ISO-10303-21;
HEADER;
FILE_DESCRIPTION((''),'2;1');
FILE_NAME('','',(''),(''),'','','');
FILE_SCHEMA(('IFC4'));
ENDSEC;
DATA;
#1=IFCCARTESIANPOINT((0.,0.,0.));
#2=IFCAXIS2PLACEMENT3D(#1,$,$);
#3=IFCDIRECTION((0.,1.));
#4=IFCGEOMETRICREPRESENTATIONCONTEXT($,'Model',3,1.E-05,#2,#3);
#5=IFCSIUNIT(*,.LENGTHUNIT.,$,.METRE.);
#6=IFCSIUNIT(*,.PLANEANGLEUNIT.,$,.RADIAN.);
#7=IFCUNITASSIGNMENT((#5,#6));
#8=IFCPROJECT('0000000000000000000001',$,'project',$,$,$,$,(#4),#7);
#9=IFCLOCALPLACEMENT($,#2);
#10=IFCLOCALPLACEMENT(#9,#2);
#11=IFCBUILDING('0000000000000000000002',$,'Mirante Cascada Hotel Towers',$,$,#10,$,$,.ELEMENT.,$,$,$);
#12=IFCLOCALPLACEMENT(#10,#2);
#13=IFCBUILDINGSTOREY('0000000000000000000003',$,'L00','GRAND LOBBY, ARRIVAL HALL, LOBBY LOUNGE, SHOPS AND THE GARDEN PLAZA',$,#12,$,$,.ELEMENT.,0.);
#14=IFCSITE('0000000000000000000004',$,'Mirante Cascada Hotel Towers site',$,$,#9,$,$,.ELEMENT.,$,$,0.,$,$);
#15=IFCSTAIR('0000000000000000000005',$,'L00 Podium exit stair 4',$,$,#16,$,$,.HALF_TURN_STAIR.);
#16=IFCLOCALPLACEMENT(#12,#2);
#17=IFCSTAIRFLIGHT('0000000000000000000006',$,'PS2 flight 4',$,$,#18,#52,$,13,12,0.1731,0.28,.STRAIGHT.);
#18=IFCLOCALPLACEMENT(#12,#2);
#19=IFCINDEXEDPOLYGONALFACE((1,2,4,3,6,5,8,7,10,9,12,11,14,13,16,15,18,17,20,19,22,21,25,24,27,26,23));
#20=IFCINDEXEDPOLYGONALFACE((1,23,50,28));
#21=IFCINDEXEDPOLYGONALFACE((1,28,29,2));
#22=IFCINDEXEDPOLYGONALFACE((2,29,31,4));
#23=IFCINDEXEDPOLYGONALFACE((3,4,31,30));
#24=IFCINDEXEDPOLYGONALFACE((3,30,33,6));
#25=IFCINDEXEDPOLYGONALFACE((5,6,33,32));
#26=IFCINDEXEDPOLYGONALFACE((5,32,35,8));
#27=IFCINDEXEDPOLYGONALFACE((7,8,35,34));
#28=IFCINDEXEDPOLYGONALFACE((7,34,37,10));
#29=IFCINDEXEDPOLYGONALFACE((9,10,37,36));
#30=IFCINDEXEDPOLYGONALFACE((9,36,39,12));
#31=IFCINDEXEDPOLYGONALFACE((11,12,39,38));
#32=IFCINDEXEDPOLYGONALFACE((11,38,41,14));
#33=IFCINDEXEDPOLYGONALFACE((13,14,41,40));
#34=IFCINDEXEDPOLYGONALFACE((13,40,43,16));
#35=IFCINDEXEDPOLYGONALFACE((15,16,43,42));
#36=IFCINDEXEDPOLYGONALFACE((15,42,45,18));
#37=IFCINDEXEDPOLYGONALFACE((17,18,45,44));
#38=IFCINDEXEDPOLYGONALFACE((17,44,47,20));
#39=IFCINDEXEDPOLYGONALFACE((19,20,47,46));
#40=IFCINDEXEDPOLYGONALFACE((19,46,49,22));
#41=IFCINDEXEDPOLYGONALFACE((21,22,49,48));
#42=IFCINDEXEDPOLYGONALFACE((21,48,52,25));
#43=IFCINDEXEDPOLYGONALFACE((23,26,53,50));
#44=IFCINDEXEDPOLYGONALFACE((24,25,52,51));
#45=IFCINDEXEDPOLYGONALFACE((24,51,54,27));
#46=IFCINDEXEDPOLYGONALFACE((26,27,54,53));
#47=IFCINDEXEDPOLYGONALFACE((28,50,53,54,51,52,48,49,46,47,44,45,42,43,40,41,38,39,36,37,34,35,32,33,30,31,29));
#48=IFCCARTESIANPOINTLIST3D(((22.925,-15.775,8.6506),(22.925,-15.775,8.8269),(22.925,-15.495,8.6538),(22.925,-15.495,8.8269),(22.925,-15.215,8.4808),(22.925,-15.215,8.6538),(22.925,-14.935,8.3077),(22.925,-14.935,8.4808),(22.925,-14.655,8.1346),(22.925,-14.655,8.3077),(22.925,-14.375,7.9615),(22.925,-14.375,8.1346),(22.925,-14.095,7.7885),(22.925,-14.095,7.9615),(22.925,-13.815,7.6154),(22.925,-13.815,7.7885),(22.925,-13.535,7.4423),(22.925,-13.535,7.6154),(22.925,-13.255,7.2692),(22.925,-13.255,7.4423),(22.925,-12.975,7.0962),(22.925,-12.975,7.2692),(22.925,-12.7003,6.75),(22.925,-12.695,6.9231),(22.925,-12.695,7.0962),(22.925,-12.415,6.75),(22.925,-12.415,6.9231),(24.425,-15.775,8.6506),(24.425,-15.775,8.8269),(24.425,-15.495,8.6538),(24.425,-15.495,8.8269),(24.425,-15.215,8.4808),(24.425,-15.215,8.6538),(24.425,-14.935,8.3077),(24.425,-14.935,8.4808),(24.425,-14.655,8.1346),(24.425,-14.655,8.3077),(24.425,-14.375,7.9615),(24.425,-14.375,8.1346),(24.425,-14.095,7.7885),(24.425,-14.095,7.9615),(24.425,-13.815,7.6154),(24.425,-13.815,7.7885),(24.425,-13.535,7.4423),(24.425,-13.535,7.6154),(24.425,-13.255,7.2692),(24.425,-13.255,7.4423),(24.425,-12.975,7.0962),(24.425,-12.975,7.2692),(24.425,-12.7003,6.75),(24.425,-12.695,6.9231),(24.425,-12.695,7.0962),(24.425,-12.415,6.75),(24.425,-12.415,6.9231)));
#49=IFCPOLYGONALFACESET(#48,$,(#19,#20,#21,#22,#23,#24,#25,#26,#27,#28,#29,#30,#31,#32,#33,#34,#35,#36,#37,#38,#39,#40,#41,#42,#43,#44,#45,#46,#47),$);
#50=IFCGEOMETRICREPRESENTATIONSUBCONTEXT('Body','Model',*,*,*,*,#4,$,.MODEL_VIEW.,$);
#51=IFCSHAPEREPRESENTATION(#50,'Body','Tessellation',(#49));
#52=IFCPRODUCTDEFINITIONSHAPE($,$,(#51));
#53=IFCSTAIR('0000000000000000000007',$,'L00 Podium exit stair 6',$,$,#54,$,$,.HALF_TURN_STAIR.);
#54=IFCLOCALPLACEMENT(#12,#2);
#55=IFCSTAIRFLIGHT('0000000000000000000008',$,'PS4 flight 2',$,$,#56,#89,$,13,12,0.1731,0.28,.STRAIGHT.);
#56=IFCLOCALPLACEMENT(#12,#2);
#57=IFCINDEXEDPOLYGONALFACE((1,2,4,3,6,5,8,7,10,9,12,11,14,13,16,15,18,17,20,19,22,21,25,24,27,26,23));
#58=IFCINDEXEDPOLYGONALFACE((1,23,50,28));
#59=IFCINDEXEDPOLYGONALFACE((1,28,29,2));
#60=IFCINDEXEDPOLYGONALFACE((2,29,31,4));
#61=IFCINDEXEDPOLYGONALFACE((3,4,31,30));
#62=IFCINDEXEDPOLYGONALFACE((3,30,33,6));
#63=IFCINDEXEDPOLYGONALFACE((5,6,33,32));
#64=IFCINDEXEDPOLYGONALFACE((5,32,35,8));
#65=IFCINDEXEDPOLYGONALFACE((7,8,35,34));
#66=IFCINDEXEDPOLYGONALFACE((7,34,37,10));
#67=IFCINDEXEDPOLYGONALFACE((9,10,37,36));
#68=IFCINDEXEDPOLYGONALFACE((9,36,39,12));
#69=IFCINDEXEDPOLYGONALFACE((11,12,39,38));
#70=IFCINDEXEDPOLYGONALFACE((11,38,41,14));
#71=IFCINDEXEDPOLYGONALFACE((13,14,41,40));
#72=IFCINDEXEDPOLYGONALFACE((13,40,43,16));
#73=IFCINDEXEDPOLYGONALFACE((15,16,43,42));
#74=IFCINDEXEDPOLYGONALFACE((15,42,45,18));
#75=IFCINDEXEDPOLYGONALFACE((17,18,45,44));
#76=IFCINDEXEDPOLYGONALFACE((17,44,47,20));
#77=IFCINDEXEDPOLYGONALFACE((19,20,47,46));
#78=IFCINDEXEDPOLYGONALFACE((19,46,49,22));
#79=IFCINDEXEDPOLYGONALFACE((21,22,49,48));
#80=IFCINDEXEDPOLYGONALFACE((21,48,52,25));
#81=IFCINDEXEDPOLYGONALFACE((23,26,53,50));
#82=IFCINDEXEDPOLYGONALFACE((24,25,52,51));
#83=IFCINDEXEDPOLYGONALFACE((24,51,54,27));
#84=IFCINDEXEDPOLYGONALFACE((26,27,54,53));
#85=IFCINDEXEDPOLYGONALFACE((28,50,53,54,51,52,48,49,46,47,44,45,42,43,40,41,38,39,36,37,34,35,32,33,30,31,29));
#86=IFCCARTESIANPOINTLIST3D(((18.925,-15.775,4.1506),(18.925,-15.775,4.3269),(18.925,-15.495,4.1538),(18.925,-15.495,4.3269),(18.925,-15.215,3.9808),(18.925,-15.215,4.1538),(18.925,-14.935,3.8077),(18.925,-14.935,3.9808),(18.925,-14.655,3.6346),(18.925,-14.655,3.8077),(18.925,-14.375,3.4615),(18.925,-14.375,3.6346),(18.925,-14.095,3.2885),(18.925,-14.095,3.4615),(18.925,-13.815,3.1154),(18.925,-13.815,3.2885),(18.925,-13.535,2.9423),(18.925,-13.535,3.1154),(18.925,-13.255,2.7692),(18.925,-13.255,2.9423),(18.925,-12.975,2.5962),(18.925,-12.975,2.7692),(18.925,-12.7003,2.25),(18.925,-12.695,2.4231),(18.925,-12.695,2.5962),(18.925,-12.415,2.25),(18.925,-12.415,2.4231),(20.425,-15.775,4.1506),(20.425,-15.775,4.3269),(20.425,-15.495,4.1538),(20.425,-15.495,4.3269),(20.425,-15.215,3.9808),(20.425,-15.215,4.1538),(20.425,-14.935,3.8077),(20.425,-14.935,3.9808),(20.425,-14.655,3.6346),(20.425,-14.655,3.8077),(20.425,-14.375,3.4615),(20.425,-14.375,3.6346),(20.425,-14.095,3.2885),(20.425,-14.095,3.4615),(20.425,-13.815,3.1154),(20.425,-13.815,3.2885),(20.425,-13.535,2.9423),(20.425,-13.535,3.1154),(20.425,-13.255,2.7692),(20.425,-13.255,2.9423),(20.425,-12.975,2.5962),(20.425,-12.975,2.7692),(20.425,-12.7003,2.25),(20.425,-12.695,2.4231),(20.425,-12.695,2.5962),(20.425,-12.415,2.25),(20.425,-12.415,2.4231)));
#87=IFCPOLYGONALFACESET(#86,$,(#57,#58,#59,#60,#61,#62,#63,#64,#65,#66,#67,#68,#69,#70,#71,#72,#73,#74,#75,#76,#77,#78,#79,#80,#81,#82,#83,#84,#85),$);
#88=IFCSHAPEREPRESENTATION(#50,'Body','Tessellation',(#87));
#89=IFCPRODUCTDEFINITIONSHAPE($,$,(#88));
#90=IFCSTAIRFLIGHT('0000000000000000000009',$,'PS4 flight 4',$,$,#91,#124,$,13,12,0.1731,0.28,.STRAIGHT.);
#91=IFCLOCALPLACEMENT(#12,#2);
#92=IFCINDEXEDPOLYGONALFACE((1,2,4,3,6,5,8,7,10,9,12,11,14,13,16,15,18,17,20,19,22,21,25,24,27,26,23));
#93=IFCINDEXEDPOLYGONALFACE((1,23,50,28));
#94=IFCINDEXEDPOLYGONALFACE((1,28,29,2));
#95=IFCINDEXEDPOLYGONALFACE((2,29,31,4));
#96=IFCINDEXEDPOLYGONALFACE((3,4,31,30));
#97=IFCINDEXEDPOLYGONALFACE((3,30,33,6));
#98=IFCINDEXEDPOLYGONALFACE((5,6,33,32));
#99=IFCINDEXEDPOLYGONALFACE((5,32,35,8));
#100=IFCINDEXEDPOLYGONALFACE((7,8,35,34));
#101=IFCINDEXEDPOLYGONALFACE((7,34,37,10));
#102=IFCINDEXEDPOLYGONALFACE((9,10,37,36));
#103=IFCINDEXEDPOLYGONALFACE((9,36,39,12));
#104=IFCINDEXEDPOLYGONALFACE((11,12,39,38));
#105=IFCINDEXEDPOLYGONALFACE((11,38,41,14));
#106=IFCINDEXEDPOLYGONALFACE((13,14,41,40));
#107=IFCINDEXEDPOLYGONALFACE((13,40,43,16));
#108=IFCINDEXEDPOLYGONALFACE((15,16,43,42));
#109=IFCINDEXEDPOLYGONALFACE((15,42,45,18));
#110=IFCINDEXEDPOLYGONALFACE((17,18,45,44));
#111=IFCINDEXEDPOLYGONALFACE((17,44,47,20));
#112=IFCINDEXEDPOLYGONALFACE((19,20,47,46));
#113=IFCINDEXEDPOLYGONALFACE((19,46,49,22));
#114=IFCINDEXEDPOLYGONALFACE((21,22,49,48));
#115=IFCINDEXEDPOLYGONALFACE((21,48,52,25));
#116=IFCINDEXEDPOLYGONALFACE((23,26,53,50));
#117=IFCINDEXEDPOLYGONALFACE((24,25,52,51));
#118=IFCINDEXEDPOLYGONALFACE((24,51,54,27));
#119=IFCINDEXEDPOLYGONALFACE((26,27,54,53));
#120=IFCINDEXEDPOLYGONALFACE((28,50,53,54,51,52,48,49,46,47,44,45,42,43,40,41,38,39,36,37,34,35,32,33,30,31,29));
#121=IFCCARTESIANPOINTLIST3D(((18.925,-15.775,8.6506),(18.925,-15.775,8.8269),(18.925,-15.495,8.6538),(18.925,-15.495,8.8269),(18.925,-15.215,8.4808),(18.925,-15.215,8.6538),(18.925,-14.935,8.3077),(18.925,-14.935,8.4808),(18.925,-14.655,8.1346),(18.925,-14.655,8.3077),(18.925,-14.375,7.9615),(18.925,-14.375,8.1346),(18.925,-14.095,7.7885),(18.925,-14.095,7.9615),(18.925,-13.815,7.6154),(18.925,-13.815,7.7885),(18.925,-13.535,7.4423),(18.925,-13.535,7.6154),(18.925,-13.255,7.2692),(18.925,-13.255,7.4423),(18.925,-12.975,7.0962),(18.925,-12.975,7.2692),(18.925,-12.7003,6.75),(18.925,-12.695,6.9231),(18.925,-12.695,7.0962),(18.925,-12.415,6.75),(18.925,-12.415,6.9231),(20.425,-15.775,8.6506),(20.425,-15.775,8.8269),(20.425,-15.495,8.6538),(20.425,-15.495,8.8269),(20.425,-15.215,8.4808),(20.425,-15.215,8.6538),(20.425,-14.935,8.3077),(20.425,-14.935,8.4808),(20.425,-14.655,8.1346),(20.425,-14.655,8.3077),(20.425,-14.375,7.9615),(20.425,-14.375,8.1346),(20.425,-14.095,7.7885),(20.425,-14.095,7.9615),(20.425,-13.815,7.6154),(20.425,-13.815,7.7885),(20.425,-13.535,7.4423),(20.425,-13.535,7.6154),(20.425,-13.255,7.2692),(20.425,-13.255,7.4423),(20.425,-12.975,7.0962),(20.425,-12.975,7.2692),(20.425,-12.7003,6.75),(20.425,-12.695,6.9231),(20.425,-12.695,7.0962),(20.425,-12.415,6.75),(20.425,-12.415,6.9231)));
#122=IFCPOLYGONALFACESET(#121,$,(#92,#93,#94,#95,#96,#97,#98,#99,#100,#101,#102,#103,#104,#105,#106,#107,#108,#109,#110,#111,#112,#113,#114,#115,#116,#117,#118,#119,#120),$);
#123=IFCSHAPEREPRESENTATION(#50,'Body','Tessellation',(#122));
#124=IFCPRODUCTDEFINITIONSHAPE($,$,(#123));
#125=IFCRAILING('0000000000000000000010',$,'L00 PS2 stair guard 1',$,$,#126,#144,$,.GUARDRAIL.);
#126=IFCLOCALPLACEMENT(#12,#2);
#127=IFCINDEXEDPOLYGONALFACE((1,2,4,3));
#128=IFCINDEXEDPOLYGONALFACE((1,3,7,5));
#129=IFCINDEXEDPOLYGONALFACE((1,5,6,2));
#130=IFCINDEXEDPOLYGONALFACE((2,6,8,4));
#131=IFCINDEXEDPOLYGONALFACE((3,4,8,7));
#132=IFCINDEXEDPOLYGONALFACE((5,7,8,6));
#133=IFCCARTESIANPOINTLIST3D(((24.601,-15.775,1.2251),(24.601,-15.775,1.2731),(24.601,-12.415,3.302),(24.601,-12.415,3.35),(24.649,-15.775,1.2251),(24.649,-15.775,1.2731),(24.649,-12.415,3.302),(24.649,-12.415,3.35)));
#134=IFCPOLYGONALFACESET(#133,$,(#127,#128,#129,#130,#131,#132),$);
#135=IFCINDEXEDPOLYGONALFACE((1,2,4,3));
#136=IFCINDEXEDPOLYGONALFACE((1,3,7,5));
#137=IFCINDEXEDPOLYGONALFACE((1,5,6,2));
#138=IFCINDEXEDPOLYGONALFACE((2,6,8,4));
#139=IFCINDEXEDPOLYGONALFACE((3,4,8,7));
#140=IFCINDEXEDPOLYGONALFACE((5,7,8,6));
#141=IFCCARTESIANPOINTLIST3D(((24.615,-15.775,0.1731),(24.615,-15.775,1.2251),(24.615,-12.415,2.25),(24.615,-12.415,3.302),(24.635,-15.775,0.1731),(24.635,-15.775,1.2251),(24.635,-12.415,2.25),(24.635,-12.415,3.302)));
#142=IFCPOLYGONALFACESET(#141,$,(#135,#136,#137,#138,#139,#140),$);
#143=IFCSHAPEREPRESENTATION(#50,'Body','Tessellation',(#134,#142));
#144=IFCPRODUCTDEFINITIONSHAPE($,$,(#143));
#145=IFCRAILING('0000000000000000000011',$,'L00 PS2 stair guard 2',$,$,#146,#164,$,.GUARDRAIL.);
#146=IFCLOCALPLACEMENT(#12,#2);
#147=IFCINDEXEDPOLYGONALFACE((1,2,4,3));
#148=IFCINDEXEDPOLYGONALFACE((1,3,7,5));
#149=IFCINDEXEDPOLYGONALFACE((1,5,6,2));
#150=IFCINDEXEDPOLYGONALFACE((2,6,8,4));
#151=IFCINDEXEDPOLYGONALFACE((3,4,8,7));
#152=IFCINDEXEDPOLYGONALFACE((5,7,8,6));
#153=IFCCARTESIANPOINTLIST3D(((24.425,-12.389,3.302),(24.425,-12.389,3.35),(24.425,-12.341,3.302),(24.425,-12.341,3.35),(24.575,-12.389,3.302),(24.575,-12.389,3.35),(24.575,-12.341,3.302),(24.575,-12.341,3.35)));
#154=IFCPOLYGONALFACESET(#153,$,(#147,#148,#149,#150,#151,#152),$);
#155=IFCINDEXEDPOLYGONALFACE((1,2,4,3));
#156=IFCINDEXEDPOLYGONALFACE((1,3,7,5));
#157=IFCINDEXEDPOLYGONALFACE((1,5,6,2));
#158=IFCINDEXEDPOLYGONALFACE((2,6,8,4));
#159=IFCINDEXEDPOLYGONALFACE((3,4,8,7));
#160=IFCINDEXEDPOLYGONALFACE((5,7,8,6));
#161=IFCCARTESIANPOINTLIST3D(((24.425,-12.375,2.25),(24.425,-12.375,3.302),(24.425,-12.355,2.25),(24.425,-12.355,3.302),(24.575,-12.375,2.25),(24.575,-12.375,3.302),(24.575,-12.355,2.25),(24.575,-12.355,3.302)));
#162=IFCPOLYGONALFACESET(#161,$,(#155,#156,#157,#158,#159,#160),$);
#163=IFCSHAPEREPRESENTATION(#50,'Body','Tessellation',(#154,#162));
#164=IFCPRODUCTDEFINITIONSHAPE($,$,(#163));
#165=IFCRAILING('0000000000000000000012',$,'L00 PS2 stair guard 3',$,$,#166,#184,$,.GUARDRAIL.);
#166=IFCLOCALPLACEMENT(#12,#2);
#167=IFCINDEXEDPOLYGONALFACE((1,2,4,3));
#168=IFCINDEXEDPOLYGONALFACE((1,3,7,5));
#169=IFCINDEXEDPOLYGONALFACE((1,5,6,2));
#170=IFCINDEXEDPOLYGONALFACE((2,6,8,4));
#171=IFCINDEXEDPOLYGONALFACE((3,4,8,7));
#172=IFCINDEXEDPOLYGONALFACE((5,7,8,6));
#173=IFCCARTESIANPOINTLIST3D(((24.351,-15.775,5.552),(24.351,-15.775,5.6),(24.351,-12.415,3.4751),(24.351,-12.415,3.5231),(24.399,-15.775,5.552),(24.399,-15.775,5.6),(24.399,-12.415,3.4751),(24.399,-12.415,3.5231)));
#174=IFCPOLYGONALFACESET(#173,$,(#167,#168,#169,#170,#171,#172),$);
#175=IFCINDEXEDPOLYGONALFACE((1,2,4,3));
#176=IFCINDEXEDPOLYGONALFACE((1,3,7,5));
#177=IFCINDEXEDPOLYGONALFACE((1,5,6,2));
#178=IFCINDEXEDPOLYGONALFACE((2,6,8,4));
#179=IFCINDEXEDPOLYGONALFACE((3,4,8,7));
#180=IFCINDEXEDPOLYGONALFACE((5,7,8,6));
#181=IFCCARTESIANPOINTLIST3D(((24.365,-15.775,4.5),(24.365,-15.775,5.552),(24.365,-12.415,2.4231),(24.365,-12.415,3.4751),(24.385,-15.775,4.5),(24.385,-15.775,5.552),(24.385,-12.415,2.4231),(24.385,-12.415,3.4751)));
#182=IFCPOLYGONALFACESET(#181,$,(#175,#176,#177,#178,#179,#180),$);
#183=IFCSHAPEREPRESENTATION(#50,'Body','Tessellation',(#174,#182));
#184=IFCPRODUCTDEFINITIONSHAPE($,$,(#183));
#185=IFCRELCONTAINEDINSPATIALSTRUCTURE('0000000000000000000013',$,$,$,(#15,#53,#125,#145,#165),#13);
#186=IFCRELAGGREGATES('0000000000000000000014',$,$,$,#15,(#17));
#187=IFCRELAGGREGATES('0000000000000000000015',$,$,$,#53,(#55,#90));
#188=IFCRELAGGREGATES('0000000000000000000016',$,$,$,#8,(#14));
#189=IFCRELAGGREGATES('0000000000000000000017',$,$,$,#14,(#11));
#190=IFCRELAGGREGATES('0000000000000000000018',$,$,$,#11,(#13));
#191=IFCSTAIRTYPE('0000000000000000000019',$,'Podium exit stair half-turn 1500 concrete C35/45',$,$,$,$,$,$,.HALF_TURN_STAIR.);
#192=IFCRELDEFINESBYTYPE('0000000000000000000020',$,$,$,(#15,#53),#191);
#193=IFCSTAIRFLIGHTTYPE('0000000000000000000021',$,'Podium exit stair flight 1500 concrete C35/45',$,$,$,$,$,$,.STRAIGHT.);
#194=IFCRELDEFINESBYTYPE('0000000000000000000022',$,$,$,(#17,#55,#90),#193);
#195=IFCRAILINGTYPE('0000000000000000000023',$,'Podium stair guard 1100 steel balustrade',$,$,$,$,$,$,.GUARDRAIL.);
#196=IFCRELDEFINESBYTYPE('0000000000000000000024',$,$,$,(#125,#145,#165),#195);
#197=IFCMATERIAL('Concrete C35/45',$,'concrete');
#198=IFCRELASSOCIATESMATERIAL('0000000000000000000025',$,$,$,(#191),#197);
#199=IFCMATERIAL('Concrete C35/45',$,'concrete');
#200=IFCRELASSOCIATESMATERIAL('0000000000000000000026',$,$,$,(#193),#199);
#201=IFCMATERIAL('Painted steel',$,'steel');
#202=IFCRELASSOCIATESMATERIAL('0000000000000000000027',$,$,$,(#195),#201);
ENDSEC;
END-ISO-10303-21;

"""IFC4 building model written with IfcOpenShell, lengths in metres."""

from ifc_helpers import new_model, si_unit, direction, frame, origin, origin_2d, place, context, subcontext, project, spatial, polyline, rectangle, outline, extrude, material, type_object, element, aggregate, save


model = new_model("IFC4")

# Units and contexts
model_context = context("Model", 3, precision=1e-05, world=origin(), true_north=direction((0.0, 1.0)))
body_context = subcontext(model_context, "Body", "Model", "MODEL_VIEW")
ifc_project = project(units=[si_unit("LENGTHUNIT", "METRE"), si_unit("PLANEANGLEUNIT", "RADIAN")], contexts=[model_context])

# Site, building, storey
site_placement = place(None, origin())
site = spatial("IfcSite", under=ifc_project, at=site_placement, Name="Mirante Cascada Hotel Towers site", CompositionType="ELEMENT", RefElevation=0.0)
building_placement = place(site_placement, origin())
building = spatial("IfcBuilding", under=site, at=building_placement, Name="Mirante Cascada Hotel Towers", CompositionType="ELEMENT")
storey_placement = place(building_placement, origin())
storey = spatial("IfcBuildingStorey", under=building, at=storey_placement, Name="L00", Description="GRAND LOBBY, ARRIVAL HALL, LOBBY LOUNGE, SHOPS AND THE GARDEN PLAZA", CompositionType="ELEMENT", Elevation=0.0)

# Stairs, stair flights
ifc_material_1 = material(Name="Concrete C35/45", Category="concrete")
stair_type = type_object("IfcStairType", Name="Podium exit stair half-turn 1500 concrete C35/45", PredefinedType="HALF_TURN_STAIR", material=ifc_material_1)
stair_1_placement = place(storey_placement, origin())
stair_1 = element("IfcStair", 1, at=stair_1_placement, inside=storey, type_object=stair_type, Name="L00 Podium exit stair 4", PredefinedType="HALF_TURN_STAIR")
ifc_material_2 = material(Name="Concrete C35/45", Category="concrete")
stair_flight_type = type_object("IfcStairFlightType", Name="Podium exit stair flight 1500 concrete C35/45", PredefinedType="STRAIGHT", material=ifc_material_2)
stair_flight_1_placement = place(storey_placement, frame((23.675, -12.415, 6.75), z_axis=(0.0, 0.0, 1.0), x_axis=(0.0, -1.0, 0.0)))
stair_flight_1 = element("IfcStairFlight", 2, at=stair_flight_1_placement, type_object=stair_flight_type, Name="PS2 flight 4", NumberOfRisers=13, NumberOfTreads=12, PredefinedType="STRAIGHT", RiserHeight=0.1731, TreadLength=0.28, context=body_context, shape_type="SweptSolid", body=[
    extrude(outline(polyline([(0.0, 0.0), (0.0, 0.1731), (0.28, 0.1731), (0.28, 0.3462), (0.56, 0.3462), (0.56, 0.5192), (0.84, 0.5192), (0.84, 0.6923), (1.12, 0.6923), (1.12, 0.8654), (1.4, 0.8654), (1.4, 1.0385), (1.68, 1.0385), (1.68, 1.2115), (1.96, 1.2115), (1.96, 1.3846), (2.24, 1.3846), (2.24, 1.5577), (2.52, 1.5577), (2.52, 1.7308), (2.8, 1.7308), (2.8, 1.9038), (3.08, 1.9038), (3.08, 2.0769), (3.36, 2.0769), (3.36, 2.25), (3.36, 1.9006), (0.2853, 0.0), (0.0, 0.0)])), frame((0.0, 0.75, 0.0), z_axis=(0.0, -1.0, 0.0), x_axis=(1.0, 0.0, 0.0)), (0.0, 0.0, 1.0), 1.5),
])
aggregate(stair_1, [stair_flight_1])
stair_2_placement = place(storey_placement, origin())
stair_2 = element("IfcStair", 3, at=stair_2_placement, inside=storey, type_object=stair_type, Name="L00 Podium exit stair 6", PredefinedType="HALF_TURN_STAIR")
stair_flight_2_placement = place(storey_placement, frame((19.675, -12.415, 2.25), z_axis=(0.0, 0.0, 1.0), x_axis=(0.0, -1.0, 0.0)))
stair_flight_2 = element("IfcStairFlight", 4, at=stair_flight_2_placement, type_object=stair_flight_type, Name="PS4 flight 2", NumberOfRisers=13, NumberOfTreads=12, PredefinedType="STRAIGHT", RiserHeight=0.1731, TreadLength=0.28, context=body_context, shape_type="SweptSolid", body=[
    extrude(outline(polyline([(0.0, 0.0), (0.0, 0.1731), (0.28, 0.1731), (0.28, 0.3462), (0.56, 0.3462), (0.56, 0.5192), (0.84, 0.5192), (0.84, 0.6923), (1.12, 0.6923), (1.12, 0.8654), (1.4, 0.8654), (1.4, 1.0385), (1.68, 1.0385), (1.68, 1.2115), (1.96, 1.2115), (1.96, 1.3846), (2.24, 1.3846), (2.24, 1.5577), (2.52, 1.5577), (2.52, 1.7308), (2.8, 1.7308), (2.8, 1.9038), (3.08, 1.9038), (3.08, 2.0769), (3.36, 2.0769), (3.36, 2.25), (3.36, 1.9006), (0.2853, 0.0), (0.0, 0.0)])), frame((0.0, 0.75, 0.0), z_axis=(0.0, -1.0, 0.0), x_axis=(1.0, 0.0, 0.0)), (0.0, 0.0, 1.0), 1.5),
])
stair_flight_3_placement = place(storey_placement, frame((19.675, -12.415, 6.75), z_axis=(0.0, 0.0, 1.0), x_axis=(0.0, -1.0, 0.0)))
stair_flight_3 = element("IfcStairFlight", 5, at=stair_flight_3_placement, type_object=stair_flight_type, Name="PS4 flight 4", NumberOfRisers=13, NumberOfTreads=12, PredefinedType="STRAIGHT", RiserHeight=0.1731, TreadLength=0.28, context=body_context, shape_type="SweptSolid", body=[
    extrude(outline(polyline([(0.0, 0.0), (0.0, 0.1731), (0.28, 0.1731), (0.28, 0.3462), (0.56, 0.3462), (0.56, 0.5192), (0.84, 0.5192), (0.84, 0.6923), (1.12, 0.6923), (1.12, 0.8654), (1.4, 0.8654), (1.4, 1.0385), (1.68, 1.0385), (1.68, 1.2115), (1.96, 1.2115), (1.96, 1.3846), (2.24, 1.3846), (2.24, 1.5577), (2.52, 1.5577), (2.52, 1.7308), (2.8, 1.7308), (2.8, 1.9038), (3.08, 1.9038), (3.08, 2.0769), (3.36, 2.0769), (3.36, 2.25), (3.36, 1.9006), (0.2853, 0.0), (0.0, 0.0)])), frame((0.0, 0.75, 0.0), z_axis=(0.0, -1.0, 0.0), x_axis=(1.0, 0.0, 0.0)), (0.0, 0.0, 1.0), 1.5),
])
aggregate(stair_2, [stair_flight_2, stair_flight_3])

# Railings
ifc_material_3 = material(Name="Painted steel", Category="steel")
railing_type_1 = type_object("IfcRailingType", Name="Podium stair guard 1100 steel balustrade", PredefinedType="GUARDRAIL", material=ifc_material_3)
railing_1_placement = place(storey_placement, frame((24.625, -15.775, 0.1731)))
element("IfcRailing", 6, at=railing_1_placement, inside=storey, type_object=railing_type_1, Name="L00 PS2 stair guard 1", PredefinedType="GUARDRAIL", context=body_context, shape_type="SweptSolid", body=[
    extrude(rectangle(XDim=0.048, YDim=0.048, at=origin_2d()), frame((0.0, 0.0, 1.076), z_axis=(0.0, 1.0, 0.0), x_axis=(-1.0, 0.0, 0.0)), (0.0, 0.525787, 0.850616), 3.9501),
    extrude(rectangle(XDim=0.02, YDim=1.052, at=origin_2d()), frame((0.0, 0.0, 0.526), z_axis=(0.0, 1.0, 0.0), x_axis=(-1.0, 0.0, 0.0)), (0.0, 0.525787, 0.850616), 3.9501),
])
railing_2_placement = place(storey_placement, frame((24.575, -12.365, 2.25)))
element("IfcRailing", 7, at=railing_2_placement, inside=storey, type_object=railing_type_1, Name="L00 PS2 stair guard 2", PredefinedType="GUARDRAIL", context=body_context, shape_type="SweptSolid", body=[
    extrude(rectangle(XDim=0.048, YDim=0.048, at=origin_2d()), frame((0.0, 0.0, 1.076), z_axis=(-1.0, 0.0, 0.0), x_axis=(0.0, -1.0, 0.0)), (0.0, 0.0, 1.0), 0.15),
    extrude(rectangle(XDim=0.02, YDim=1.052, at=origin_2d()), frame((0.0, 0.0, 0.526), z_axis=(-1.0, 0.0, 0.0), x_axis=(0.0, -1.0, 0.0)), (0.0, 0.0, 1.0), 0.15),
])
railing_3_placement = place(storey_placement, frame((24.375, -12.415, 2.4231)))
element("IfcRailing", 8, at=railing_3_placement, inside=storey, type_object=railing_type_1, Name="L00 PS2 stair guard 3", PredefinedType="GUARDRAIL", context=body_context, shape_type="SweptSolid", body=[
    extrude(rectangle(XDim=0.048, YDim=0.048, at=origin_2d()), frame((0.0, 0.0, 1.076), z_axis=(0.0, -1.0, 0.0), x_axis=(1.0, 0.0, 0.0)), (0.0, 0.525787, 0.850616), 3.9501),
    extrude(rectangle(XDim=0.02, YDim=1.052, at=origin_2d()), frame((0.0, 0.0, 0.526), z_axis=(0.0, -1.0, 0.0), x_axis=(1.0, 0.0, 0.0)), (0.0, 0.525787, 0.850616), 3.9501),
])

save(model, "model.ifc")
